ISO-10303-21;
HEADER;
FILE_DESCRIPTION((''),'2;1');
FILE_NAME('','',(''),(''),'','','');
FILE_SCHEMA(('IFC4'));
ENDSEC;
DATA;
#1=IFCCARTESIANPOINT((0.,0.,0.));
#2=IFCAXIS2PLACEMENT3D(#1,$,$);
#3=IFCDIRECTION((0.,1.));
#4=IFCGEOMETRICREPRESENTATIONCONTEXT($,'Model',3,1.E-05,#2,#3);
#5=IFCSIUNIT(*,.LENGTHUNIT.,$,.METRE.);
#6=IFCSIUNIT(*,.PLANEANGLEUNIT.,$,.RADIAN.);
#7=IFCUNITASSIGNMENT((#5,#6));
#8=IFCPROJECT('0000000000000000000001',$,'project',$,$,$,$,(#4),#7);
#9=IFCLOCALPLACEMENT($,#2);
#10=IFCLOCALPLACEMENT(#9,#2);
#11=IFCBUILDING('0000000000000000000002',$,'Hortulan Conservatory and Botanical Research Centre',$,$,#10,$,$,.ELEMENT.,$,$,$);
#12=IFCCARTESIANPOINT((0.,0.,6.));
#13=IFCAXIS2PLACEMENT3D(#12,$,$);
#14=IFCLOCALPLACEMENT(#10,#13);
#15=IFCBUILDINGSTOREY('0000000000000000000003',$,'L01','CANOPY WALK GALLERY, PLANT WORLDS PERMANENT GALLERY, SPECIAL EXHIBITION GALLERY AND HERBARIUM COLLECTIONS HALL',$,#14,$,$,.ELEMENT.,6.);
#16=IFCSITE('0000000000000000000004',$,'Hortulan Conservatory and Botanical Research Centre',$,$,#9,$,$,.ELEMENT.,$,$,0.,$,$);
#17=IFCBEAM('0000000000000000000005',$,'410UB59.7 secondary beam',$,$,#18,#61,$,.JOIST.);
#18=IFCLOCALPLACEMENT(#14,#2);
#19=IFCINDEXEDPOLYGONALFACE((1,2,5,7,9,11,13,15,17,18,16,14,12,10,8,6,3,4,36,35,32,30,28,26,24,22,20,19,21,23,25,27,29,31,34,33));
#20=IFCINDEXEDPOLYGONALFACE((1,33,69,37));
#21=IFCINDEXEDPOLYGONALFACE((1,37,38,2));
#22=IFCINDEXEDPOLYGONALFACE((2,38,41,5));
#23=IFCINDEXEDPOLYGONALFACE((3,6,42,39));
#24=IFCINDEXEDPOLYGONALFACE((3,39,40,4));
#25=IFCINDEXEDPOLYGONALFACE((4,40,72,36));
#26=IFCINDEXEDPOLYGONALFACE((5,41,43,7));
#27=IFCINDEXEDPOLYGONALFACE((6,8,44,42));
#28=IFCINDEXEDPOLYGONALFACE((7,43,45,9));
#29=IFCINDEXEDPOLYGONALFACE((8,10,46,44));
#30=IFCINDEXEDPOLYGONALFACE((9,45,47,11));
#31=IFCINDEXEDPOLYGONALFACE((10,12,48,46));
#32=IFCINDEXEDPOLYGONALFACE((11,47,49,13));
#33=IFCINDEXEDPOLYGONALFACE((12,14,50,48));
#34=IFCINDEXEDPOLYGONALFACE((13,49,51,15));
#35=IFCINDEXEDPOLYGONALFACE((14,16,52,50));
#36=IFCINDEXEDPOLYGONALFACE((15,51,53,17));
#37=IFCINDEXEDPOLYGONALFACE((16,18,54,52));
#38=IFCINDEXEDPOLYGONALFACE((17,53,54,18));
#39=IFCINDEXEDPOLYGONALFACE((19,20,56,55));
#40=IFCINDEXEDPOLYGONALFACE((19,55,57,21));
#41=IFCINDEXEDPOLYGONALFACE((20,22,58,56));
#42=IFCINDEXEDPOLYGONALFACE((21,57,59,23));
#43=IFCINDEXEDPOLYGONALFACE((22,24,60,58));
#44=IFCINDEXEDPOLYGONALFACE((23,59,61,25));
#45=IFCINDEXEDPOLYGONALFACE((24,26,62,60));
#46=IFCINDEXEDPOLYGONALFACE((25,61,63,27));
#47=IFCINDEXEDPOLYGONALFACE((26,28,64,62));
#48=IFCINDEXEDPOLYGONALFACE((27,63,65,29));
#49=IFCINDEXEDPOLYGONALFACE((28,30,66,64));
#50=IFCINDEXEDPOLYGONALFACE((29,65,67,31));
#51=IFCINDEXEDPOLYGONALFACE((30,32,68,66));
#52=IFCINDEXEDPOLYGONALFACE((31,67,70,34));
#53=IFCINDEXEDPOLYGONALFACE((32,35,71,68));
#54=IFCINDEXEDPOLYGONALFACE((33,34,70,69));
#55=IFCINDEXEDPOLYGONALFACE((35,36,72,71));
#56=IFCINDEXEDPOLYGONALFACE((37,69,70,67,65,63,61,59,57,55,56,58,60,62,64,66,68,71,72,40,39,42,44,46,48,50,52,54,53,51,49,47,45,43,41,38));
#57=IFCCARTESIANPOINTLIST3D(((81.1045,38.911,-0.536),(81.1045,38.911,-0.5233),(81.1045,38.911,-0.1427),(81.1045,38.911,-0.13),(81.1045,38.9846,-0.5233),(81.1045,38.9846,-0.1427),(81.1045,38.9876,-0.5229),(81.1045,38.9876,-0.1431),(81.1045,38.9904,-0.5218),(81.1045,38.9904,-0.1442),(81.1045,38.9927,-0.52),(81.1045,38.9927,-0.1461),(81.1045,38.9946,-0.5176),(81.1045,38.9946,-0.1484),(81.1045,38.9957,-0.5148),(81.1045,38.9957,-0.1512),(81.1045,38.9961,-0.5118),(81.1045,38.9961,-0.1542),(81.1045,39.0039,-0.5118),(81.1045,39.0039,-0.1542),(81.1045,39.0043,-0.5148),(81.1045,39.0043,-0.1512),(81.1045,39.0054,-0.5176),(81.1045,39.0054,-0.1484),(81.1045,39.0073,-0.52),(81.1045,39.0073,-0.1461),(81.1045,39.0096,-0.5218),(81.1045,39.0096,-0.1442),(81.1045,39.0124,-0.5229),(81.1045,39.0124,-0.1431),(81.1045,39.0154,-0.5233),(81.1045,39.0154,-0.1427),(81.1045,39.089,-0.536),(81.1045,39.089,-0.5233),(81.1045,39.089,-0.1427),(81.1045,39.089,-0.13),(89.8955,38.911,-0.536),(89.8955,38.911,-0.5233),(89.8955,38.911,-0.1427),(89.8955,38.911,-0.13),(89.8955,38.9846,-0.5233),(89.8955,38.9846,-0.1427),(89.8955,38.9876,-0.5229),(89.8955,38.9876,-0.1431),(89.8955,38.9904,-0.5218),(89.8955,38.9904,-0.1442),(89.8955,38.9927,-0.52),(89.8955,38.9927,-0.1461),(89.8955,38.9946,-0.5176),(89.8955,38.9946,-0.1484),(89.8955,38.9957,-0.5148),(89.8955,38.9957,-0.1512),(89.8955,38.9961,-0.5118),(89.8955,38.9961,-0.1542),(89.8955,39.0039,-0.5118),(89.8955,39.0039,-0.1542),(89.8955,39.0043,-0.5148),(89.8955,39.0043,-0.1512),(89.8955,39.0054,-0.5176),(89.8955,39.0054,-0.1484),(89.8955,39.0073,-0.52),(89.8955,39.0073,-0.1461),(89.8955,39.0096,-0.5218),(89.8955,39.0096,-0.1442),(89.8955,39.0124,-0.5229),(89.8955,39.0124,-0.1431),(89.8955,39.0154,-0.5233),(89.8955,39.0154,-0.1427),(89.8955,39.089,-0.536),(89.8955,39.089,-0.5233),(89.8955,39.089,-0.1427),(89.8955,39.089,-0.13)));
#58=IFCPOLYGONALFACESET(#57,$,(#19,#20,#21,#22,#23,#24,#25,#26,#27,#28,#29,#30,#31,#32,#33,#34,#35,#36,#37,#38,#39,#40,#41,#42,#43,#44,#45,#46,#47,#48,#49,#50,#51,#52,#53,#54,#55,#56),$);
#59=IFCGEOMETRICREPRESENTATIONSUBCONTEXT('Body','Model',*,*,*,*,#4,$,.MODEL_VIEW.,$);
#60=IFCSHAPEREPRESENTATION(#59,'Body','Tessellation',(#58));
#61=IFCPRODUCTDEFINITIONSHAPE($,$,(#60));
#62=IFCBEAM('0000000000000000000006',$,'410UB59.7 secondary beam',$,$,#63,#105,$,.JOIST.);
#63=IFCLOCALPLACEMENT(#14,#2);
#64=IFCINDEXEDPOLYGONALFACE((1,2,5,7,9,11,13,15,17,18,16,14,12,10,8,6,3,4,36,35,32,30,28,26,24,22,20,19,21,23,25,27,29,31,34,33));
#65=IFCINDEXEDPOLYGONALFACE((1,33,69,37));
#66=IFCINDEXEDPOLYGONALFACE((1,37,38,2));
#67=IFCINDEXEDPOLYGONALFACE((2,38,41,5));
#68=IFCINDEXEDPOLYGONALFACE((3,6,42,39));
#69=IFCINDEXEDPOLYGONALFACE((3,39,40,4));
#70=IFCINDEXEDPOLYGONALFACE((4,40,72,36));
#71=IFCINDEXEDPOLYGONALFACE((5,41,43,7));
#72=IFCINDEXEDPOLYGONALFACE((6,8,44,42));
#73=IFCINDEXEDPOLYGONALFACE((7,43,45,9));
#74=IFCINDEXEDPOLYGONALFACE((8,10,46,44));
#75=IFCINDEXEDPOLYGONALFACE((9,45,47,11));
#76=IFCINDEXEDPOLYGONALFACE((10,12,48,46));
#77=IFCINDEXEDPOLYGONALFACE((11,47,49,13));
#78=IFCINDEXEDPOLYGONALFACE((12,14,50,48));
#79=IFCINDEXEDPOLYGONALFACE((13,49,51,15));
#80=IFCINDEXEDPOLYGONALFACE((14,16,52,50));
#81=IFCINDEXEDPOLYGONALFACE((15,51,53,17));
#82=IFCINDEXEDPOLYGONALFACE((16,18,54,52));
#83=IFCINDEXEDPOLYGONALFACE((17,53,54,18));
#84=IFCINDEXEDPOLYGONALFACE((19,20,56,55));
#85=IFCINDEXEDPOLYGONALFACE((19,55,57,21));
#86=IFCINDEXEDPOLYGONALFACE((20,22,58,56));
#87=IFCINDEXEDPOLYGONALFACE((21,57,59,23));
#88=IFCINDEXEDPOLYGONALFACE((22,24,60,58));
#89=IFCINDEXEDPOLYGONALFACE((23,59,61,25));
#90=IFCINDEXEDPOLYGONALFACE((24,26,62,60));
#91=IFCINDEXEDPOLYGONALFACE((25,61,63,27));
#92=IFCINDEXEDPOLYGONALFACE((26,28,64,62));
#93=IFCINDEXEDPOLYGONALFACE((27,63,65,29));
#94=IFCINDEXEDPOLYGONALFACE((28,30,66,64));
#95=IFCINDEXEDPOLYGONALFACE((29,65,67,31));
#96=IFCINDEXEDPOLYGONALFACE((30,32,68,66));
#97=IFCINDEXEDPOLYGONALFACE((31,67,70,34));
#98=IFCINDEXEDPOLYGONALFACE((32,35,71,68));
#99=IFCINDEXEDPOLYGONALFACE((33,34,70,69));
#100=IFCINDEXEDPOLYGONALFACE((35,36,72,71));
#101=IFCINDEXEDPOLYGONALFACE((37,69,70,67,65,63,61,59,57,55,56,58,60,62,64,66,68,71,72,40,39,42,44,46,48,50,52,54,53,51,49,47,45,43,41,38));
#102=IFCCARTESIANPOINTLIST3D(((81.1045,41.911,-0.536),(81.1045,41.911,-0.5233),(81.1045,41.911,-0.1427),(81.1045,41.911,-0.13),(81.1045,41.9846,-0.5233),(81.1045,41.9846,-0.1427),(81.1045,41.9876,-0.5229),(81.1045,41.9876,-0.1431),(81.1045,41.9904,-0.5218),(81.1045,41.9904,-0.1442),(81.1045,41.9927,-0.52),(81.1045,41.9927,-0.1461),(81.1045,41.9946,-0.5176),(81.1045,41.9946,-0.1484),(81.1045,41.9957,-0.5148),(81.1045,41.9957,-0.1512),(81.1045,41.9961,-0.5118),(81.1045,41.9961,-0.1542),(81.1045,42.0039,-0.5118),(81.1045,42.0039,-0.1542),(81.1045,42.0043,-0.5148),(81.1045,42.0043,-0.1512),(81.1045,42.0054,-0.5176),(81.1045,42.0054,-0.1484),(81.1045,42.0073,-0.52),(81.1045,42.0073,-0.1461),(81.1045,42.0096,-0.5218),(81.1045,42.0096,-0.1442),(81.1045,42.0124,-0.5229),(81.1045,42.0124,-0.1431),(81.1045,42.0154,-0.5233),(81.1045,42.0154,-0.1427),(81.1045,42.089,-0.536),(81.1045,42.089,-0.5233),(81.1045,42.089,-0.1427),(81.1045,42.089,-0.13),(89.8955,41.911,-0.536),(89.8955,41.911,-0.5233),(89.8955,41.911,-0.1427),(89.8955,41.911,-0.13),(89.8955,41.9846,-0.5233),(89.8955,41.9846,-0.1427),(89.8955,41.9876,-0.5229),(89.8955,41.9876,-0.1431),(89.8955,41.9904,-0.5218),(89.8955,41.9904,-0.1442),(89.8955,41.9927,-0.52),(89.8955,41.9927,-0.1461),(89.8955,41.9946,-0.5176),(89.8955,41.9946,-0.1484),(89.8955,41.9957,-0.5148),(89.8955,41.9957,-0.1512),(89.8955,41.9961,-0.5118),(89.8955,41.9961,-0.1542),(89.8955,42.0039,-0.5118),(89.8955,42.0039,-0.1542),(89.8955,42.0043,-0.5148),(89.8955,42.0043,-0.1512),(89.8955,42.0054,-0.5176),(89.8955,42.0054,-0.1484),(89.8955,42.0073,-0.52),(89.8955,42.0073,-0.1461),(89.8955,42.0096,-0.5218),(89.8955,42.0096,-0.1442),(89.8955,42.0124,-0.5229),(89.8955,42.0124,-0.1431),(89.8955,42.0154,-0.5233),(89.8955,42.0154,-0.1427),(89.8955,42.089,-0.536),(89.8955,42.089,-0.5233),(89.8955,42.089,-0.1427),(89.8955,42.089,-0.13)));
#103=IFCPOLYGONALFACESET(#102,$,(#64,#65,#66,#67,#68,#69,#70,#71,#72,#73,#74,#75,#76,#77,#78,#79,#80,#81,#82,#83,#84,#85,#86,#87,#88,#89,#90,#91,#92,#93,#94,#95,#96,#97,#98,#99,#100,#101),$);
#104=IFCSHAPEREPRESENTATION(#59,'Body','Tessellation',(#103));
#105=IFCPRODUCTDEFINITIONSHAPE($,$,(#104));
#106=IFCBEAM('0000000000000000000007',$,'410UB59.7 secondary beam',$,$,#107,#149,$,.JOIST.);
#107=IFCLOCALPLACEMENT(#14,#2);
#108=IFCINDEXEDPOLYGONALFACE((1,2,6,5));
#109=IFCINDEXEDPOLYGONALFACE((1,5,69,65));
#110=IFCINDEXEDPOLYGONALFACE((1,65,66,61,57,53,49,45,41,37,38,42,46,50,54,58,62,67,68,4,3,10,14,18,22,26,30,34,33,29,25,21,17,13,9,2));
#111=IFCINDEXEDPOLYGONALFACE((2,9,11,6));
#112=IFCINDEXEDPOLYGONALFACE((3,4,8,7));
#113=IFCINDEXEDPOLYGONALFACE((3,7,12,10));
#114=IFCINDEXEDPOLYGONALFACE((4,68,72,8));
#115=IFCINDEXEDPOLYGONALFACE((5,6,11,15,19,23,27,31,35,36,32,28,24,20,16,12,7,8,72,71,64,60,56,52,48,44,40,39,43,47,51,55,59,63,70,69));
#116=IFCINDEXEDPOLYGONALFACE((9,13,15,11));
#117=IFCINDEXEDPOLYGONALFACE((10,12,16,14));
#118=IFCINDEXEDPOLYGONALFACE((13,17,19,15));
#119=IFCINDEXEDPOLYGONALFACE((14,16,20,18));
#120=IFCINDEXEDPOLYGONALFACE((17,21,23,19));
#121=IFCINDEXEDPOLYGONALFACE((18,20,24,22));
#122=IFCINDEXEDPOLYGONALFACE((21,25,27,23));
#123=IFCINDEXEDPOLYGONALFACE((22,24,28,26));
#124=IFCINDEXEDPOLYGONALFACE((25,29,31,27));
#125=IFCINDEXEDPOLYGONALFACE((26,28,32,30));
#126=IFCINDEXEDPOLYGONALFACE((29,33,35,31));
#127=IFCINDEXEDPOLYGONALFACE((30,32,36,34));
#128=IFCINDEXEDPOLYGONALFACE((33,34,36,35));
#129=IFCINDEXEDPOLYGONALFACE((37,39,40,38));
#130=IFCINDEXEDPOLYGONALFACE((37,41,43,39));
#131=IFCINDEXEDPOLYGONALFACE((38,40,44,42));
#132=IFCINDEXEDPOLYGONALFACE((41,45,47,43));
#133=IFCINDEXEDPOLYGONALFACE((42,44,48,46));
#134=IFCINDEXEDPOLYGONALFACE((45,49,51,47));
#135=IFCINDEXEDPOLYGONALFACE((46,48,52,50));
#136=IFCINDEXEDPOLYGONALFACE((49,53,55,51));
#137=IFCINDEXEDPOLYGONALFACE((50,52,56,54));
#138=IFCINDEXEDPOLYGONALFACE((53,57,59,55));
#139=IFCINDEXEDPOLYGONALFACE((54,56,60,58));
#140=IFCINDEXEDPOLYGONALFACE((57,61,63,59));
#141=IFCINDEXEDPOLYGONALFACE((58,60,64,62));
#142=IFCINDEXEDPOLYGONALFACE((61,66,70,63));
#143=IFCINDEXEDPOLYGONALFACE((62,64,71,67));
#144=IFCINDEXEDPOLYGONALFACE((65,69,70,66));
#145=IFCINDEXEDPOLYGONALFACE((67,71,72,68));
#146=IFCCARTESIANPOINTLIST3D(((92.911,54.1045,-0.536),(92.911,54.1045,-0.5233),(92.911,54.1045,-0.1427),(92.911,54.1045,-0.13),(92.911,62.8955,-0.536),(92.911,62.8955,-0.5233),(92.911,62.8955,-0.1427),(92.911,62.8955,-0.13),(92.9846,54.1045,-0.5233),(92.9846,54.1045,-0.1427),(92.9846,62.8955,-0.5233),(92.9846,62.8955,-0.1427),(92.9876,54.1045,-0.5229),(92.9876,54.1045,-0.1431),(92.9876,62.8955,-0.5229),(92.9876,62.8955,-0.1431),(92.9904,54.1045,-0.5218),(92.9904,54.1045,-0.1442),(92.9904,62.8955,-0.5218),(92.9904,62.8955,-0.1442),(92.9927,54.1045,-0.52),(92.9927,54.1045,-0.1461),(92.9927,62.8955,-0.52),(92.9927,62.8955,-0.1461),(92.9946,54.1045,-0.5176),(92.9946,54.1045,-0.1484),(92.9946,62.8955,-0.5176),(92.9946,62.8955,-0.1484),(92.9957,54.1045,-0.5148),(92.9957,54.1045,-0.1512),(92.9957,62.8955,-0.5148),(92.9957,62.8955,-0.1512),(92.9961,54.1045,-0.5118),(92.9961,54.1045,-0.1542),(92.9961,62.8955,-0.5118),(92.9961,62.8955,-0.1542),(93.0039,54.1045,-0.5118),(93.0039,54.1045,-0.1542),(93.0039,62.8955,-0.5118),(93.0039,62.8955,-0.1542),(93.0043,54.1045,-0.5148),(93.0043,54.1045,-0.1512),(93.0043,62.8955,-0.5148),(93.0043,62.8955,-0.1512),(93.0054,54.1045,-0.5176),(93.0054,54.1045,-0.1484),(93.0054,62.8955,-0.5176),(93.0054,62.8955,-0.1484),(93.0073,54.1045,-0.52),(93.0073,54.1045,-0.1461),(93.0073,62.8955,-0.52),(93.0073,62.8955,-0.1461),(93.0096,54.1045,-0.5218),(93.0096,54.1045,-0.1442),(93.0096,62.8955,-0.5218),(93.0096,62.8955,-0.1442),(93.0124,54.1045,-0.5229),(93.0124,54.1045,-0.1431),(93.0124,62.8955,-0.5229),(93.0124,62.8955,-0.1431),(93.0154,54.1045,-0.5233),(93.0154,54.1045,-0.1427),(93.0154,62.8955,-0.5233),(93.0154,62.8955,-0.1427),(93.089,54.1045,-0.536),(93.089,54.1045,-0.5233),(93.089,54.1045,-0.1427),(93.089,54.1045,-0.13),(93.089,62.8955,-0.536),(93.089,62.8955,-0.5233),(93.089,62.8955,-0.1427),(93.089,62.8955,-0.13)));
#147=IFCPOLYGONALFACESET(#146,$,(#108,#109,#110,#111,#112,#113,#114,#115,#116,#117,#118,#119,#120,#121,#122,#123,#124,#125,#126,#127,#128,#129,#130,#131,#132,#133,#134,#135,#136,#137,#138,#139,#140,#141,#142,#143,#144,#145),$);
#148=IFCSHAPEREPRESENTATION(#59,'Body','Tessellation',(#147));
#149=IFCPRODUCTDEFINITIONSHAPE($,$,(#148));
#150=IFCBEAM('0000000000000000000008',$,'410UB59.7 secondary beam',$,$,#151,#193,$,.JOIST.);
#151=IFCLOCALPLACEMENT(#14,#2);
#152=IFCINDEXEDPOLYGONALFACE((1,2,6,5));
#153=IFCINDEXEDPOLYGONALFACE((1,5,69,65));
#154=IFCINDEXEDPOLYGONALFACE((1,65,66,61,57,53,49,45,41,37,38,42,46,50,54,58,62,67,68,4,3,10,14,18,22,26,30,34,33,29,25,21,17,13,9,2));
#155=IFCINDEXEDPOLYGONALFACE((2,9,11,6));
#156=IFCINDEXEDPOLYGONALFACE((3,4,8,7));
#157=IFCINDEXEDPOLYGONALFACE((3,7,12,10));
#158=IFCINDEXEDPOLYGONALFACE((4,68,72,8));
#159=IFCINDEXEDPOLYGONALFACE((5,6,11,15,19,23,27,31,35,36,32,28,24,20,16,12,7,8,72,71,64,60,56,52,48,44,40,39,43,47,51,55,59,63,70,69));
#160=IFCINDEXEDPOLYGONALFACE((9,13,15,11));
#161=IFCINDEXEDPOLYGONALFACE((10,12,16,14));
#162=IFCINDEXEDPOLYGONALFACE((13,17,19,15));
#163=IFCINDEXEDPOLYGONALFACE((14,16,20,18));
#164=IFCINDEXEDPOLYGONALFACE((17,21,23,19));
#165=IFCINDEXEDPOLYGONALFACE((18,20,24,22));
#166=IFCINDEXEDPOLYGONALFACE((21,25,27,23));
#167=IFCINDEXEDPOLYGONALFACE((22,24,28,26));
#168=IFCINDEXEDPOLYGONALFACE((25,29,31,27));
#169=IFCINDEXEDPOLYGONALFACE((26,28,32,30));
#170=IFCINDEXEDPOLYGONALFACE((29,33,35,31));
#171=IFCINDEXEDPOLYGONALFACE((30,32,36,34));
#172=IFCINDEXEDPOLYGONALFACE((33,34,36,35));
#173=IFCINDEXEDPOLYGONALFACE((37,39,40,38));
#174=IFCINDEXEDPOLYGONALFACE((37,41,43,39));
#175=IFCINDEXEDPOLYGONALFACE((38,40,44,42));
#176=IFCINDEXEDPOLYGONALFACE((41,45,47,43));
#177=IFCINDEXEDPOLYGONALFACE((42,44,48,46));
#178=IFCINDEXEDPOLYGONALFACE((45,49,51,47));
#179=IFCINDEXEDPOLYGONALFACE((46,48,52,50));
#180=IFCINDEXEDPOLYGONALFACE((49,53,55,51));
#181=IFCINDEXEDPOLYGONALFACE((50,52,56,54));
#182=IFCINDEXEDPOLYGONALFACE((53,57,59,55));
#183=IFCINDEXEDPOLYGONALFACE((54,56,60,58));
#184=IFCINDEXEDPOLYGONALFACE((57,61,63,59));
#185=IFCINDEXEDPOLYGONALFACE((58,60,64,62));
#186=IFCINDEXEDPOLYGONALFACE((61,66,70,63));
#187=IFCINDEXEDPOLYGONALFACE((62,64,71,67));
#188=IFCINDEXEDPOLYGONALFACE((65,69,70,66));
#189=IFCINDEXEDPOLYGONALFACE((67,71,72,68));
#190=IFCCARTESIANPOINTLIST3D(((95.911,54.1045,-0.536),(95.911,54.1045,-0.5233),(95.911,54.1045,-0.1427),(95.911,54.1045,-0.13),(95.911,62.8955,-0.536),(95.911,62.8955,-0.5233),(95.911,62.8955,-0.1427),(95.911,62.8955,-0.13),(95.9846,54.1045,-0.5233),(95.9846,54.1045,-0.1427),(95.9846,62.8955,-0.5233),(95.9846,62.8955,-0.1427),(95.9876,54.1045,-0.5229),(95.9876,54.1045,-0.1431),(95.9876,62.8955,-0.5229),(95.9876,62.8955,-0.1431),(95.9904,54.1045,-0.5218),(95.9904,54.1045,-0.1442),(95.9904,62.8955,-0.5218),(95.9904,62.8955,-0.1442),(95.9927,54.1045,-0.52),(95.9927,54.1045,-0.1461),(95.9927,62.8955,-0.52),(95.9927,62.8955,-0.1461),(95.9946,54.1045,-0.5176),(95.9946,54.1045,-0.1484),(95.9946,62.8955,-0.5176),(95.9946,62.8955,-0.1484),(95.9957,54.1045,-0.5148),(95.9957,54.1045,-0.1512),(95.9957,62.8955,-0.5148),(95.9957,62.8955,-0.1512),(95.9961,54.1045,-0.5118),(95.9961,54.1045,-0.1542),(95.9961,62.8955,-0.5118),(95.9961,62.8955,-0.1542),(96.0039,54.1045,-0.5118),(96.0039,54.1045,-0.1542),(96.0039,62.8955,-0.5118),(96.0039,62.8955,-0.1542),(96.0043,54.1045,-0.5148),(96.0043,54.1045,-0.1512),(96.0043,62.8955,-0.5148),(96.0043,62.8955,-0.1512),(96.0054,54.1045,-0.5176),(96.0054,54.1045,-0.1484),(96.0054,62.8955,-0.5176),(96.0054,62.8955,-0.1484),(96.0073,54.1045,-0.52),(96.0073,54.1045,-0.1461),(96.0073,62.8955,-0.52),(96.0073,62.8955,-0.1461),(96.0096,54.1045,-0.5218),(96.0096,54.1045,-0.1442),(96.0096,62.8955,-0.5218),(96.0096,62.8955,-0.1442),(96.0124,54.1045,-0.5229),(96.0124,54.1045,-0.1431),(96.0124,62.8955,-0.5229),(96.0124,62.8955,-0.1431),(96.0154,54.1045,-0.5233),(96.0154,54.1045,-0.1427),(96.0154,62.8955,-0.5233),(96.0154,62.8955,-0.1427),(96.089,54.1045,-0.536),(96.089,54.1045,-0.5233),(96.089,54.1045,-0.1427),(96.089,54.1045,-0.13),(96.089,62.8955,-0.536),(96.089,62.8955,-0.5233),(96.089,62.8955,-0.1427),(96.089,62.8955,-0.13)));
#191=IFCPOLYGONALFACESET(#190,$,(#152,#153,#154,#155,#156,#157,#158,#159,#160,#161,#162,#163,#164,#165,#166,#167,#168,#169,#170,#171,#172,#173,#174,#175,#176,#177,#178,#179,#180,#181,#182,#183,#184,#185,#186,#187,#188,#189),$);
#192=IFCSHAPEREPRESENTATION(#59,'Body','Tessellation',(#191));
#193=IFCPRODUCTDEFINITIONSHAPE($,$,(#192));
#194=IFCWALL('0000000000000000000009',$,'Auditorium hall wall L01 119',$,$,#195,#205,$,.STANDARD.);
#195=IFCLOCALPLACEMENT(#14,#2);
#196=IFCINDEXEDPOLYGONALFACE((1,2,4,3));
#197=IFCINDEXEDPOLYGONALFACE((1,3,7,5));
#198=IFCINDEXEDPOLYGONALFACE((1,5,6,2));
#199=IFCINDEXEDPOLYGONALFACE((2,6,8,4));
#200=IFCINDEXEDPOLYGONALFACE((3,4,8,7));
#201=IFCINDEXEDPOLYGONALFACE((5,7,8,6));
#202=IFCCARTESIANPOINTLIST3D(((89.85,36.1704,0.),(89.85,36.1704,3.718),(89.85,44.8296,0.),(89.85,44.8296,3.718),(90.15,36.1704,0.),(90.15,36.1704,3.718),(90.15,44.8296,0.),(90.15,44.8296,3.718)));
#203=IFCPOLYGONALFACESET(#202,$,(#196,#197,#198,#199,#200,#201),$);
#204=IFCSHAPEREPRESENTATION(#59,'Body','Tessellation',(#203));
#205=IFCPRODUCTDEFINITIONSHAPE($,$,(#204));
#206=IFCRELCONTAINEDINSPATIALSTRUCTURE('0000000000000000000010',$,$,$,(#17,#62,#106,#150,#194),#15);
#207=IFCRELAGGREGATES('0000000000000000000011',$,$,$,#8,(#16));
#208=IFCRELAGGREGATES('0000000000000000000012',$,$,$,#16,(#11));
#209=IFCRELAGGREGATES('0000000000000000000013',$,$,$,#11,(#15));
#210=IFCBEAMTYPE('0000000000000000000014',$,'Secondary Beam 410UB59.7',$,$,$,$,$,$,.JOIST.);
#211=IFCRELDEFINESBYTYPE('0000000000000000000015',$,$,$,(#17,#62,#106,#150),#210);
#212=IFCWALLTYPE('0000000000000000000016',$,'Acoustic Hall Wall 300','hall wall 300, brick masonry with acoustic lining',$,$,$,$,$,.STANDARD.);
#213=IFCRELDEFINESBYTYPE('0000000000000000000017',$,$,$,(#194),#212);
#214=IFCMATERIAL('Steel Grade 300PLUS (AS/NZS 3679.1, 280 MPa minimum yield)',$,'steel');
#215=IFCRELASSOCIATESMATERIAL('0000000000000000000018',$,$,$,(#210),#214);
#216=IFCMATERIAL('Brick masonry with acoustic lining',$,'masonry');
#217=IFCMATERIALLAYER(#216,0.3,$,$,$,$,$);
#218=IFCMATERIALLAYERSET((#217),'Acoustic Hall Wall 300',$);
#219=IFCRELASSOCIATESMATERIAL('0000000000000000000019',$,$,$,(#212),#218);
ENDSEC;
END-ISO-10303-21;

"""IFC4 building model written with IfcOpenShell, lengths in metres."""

from ifc_helpers import new_model, si_unit, direction, frame, frame_2d, origin, origin_2d, place, context, subcontext, project, spatial, rectangle, i_section, extrude, material, layer, layer_set, material_profile, profile_set, type_object, element, save


model = new_model("IFC4")

# Units and contexts
model_context = context("Model", 3, precision=1e-05, world=origin(), true_north=direction((0.0, 1.0)))
body_context = subcontext(model_context, "Body", "Model", "MODEL_VIEW")
ifc_project = project(units=[si_unit("LENGTHUNIT", "METRE"), si_unit("PLANEANGLEUNIT", "RADIAN")], contexts=[model_context])

# Site, building, storey
site_placement = place(None, origin())
site = spatial("IfcSite", under=ifc_project, at=site_placement, Name="Hortulan Conservatory and Botanical Research Centre", CompositionType="ELEMENT", RefElevation=0.0)
building_placement = place(site_placement, origin())
building = spatial("IfcBuilding", under=site, at=building_placement, Name="Hortulan Conservatory and Botanical Research Centre", CompositionType="ELEMENT")
storey_placement = place(building_placement, frame((0.0, 0.0, 6.0)))
storey = spatial("IfcBuildingStorey", under=building, at=storey_placement, Name="L01", Description="CANOPY WALK GALLERY, PLANT WORLDS PERMANENT GALLERY, SPECIAL EXHIBITION GALLERY AND HERBARIUM COLLECTIONS HALL", CompositionType="ELEMENT", Elevation=6.0)

# Shared definitions
ifc_material_1 = material(Name="Steel Grade 300PLUS (AS/NZS 3679.1, 280 MPa minimum yield)", Category="steel")

# Beams
ifc_material_profile_1 = material_profile(ifc_material_1, i_section(OverallWidth=0.178, OverallDepth=0.406, WebThickness=0.0078, FlangeThickness=0.0127, FilletRadius=0.0115, at=origin_2d()), Name="410UB59.7")
ifc_profile_set_1 = profile_set([ifc_material_profile_1], Name="Steel Grade 300PLUS (AS/NZS 3679.1, 280 MPa minimum yield)")
beam_type_1 = type_object("IfcBeamType", Name="Secondary Beam 410UB59.7", PredefinedType="JOIST", material=ifc_profile_set_1)
for number, where, z_axis, x_axis, name in (
    (1, (81.1045, 39.0, -0.333), (1.0, 0.0, 0.0), (0.0, 1.0, 0.0), "410UB59.7 secondary beam"),
    (2, (81.1045, 42.0, -0.333), (1.0, 0.0, 0.0), (0.0, 1.0, 0.0), "410UB59.7 secondary beam"),
    (3, (93.0, 54.1045, -0.333), (0.0, 1.0, 0.0), (-1.0, 0.0, 0.0), "410UB59.7 secondary beam"),
    (4, (96.0, 54.1045, -0.333), (0.0, 1.0, 0.0), (-1.0, 0.0, 0.0), "410UB59.7 secondary beam"),
):
    element("IfcBeam", number, at=place(storey_placement, frame(where, z_axis=z_axis, x_axis=x_axis)), inside=storey, type_object=beam_type_1, Name=name, PredefinedType="JOIST", context=body_context, shape_type="SweptSolid", body=[
        extrude(i_section(OverallWidth=0.178, OverallDepth=0.406, WebThickness=0.0078, FlangeThickness=0.0127, FilletRadius=0.0115, at=origin_2d()), origin(), (0.0, 0.0, 1.0), 8.791),
    ])

# Wall
ifc_material_2 = material(Name="Brick masonry with acoustic lining", Category="masonry")
ifc_layer_1 = layer(ifc_material_2, 0.3)
ifc_layer_set_1 = layer_set([ifc_layer_1], Name="Acoustic Hall Wall 300")
wall_type_1 = type_object("IfcWallType", Name="Acoustic Hall Wall 300", Description="hall wall 300, brick masonry with acoustic lining", PredefinedType="STANDARD", material=ifc_layer_set_1)
for number, where, z_axis, x_axis, name in (
    (5, (90.0, 36.1704, 0.0), (0.0, 0.0, 1.0), (0.0, 1.0, 0.0), "Auditorium hall wall L01 119"),
):
    element("IfcWall", number, at=place(storey_placement, frame(where, z_axis=z_axis, x_axis=x_axis)), inside=storey, type_object=wall_type_1, Name=name, PredefinedType="STANDARD", context=body_context, shape_type="SweptSolid", body=[
        extrude(rectangle(XDim=8.6592, YDim=0.3, at=frame_2d((4.3296, 0.0))), origin(), (0.0, 0.0, 1.0), 3.718),
    ])

save(model, "model.ifc")
